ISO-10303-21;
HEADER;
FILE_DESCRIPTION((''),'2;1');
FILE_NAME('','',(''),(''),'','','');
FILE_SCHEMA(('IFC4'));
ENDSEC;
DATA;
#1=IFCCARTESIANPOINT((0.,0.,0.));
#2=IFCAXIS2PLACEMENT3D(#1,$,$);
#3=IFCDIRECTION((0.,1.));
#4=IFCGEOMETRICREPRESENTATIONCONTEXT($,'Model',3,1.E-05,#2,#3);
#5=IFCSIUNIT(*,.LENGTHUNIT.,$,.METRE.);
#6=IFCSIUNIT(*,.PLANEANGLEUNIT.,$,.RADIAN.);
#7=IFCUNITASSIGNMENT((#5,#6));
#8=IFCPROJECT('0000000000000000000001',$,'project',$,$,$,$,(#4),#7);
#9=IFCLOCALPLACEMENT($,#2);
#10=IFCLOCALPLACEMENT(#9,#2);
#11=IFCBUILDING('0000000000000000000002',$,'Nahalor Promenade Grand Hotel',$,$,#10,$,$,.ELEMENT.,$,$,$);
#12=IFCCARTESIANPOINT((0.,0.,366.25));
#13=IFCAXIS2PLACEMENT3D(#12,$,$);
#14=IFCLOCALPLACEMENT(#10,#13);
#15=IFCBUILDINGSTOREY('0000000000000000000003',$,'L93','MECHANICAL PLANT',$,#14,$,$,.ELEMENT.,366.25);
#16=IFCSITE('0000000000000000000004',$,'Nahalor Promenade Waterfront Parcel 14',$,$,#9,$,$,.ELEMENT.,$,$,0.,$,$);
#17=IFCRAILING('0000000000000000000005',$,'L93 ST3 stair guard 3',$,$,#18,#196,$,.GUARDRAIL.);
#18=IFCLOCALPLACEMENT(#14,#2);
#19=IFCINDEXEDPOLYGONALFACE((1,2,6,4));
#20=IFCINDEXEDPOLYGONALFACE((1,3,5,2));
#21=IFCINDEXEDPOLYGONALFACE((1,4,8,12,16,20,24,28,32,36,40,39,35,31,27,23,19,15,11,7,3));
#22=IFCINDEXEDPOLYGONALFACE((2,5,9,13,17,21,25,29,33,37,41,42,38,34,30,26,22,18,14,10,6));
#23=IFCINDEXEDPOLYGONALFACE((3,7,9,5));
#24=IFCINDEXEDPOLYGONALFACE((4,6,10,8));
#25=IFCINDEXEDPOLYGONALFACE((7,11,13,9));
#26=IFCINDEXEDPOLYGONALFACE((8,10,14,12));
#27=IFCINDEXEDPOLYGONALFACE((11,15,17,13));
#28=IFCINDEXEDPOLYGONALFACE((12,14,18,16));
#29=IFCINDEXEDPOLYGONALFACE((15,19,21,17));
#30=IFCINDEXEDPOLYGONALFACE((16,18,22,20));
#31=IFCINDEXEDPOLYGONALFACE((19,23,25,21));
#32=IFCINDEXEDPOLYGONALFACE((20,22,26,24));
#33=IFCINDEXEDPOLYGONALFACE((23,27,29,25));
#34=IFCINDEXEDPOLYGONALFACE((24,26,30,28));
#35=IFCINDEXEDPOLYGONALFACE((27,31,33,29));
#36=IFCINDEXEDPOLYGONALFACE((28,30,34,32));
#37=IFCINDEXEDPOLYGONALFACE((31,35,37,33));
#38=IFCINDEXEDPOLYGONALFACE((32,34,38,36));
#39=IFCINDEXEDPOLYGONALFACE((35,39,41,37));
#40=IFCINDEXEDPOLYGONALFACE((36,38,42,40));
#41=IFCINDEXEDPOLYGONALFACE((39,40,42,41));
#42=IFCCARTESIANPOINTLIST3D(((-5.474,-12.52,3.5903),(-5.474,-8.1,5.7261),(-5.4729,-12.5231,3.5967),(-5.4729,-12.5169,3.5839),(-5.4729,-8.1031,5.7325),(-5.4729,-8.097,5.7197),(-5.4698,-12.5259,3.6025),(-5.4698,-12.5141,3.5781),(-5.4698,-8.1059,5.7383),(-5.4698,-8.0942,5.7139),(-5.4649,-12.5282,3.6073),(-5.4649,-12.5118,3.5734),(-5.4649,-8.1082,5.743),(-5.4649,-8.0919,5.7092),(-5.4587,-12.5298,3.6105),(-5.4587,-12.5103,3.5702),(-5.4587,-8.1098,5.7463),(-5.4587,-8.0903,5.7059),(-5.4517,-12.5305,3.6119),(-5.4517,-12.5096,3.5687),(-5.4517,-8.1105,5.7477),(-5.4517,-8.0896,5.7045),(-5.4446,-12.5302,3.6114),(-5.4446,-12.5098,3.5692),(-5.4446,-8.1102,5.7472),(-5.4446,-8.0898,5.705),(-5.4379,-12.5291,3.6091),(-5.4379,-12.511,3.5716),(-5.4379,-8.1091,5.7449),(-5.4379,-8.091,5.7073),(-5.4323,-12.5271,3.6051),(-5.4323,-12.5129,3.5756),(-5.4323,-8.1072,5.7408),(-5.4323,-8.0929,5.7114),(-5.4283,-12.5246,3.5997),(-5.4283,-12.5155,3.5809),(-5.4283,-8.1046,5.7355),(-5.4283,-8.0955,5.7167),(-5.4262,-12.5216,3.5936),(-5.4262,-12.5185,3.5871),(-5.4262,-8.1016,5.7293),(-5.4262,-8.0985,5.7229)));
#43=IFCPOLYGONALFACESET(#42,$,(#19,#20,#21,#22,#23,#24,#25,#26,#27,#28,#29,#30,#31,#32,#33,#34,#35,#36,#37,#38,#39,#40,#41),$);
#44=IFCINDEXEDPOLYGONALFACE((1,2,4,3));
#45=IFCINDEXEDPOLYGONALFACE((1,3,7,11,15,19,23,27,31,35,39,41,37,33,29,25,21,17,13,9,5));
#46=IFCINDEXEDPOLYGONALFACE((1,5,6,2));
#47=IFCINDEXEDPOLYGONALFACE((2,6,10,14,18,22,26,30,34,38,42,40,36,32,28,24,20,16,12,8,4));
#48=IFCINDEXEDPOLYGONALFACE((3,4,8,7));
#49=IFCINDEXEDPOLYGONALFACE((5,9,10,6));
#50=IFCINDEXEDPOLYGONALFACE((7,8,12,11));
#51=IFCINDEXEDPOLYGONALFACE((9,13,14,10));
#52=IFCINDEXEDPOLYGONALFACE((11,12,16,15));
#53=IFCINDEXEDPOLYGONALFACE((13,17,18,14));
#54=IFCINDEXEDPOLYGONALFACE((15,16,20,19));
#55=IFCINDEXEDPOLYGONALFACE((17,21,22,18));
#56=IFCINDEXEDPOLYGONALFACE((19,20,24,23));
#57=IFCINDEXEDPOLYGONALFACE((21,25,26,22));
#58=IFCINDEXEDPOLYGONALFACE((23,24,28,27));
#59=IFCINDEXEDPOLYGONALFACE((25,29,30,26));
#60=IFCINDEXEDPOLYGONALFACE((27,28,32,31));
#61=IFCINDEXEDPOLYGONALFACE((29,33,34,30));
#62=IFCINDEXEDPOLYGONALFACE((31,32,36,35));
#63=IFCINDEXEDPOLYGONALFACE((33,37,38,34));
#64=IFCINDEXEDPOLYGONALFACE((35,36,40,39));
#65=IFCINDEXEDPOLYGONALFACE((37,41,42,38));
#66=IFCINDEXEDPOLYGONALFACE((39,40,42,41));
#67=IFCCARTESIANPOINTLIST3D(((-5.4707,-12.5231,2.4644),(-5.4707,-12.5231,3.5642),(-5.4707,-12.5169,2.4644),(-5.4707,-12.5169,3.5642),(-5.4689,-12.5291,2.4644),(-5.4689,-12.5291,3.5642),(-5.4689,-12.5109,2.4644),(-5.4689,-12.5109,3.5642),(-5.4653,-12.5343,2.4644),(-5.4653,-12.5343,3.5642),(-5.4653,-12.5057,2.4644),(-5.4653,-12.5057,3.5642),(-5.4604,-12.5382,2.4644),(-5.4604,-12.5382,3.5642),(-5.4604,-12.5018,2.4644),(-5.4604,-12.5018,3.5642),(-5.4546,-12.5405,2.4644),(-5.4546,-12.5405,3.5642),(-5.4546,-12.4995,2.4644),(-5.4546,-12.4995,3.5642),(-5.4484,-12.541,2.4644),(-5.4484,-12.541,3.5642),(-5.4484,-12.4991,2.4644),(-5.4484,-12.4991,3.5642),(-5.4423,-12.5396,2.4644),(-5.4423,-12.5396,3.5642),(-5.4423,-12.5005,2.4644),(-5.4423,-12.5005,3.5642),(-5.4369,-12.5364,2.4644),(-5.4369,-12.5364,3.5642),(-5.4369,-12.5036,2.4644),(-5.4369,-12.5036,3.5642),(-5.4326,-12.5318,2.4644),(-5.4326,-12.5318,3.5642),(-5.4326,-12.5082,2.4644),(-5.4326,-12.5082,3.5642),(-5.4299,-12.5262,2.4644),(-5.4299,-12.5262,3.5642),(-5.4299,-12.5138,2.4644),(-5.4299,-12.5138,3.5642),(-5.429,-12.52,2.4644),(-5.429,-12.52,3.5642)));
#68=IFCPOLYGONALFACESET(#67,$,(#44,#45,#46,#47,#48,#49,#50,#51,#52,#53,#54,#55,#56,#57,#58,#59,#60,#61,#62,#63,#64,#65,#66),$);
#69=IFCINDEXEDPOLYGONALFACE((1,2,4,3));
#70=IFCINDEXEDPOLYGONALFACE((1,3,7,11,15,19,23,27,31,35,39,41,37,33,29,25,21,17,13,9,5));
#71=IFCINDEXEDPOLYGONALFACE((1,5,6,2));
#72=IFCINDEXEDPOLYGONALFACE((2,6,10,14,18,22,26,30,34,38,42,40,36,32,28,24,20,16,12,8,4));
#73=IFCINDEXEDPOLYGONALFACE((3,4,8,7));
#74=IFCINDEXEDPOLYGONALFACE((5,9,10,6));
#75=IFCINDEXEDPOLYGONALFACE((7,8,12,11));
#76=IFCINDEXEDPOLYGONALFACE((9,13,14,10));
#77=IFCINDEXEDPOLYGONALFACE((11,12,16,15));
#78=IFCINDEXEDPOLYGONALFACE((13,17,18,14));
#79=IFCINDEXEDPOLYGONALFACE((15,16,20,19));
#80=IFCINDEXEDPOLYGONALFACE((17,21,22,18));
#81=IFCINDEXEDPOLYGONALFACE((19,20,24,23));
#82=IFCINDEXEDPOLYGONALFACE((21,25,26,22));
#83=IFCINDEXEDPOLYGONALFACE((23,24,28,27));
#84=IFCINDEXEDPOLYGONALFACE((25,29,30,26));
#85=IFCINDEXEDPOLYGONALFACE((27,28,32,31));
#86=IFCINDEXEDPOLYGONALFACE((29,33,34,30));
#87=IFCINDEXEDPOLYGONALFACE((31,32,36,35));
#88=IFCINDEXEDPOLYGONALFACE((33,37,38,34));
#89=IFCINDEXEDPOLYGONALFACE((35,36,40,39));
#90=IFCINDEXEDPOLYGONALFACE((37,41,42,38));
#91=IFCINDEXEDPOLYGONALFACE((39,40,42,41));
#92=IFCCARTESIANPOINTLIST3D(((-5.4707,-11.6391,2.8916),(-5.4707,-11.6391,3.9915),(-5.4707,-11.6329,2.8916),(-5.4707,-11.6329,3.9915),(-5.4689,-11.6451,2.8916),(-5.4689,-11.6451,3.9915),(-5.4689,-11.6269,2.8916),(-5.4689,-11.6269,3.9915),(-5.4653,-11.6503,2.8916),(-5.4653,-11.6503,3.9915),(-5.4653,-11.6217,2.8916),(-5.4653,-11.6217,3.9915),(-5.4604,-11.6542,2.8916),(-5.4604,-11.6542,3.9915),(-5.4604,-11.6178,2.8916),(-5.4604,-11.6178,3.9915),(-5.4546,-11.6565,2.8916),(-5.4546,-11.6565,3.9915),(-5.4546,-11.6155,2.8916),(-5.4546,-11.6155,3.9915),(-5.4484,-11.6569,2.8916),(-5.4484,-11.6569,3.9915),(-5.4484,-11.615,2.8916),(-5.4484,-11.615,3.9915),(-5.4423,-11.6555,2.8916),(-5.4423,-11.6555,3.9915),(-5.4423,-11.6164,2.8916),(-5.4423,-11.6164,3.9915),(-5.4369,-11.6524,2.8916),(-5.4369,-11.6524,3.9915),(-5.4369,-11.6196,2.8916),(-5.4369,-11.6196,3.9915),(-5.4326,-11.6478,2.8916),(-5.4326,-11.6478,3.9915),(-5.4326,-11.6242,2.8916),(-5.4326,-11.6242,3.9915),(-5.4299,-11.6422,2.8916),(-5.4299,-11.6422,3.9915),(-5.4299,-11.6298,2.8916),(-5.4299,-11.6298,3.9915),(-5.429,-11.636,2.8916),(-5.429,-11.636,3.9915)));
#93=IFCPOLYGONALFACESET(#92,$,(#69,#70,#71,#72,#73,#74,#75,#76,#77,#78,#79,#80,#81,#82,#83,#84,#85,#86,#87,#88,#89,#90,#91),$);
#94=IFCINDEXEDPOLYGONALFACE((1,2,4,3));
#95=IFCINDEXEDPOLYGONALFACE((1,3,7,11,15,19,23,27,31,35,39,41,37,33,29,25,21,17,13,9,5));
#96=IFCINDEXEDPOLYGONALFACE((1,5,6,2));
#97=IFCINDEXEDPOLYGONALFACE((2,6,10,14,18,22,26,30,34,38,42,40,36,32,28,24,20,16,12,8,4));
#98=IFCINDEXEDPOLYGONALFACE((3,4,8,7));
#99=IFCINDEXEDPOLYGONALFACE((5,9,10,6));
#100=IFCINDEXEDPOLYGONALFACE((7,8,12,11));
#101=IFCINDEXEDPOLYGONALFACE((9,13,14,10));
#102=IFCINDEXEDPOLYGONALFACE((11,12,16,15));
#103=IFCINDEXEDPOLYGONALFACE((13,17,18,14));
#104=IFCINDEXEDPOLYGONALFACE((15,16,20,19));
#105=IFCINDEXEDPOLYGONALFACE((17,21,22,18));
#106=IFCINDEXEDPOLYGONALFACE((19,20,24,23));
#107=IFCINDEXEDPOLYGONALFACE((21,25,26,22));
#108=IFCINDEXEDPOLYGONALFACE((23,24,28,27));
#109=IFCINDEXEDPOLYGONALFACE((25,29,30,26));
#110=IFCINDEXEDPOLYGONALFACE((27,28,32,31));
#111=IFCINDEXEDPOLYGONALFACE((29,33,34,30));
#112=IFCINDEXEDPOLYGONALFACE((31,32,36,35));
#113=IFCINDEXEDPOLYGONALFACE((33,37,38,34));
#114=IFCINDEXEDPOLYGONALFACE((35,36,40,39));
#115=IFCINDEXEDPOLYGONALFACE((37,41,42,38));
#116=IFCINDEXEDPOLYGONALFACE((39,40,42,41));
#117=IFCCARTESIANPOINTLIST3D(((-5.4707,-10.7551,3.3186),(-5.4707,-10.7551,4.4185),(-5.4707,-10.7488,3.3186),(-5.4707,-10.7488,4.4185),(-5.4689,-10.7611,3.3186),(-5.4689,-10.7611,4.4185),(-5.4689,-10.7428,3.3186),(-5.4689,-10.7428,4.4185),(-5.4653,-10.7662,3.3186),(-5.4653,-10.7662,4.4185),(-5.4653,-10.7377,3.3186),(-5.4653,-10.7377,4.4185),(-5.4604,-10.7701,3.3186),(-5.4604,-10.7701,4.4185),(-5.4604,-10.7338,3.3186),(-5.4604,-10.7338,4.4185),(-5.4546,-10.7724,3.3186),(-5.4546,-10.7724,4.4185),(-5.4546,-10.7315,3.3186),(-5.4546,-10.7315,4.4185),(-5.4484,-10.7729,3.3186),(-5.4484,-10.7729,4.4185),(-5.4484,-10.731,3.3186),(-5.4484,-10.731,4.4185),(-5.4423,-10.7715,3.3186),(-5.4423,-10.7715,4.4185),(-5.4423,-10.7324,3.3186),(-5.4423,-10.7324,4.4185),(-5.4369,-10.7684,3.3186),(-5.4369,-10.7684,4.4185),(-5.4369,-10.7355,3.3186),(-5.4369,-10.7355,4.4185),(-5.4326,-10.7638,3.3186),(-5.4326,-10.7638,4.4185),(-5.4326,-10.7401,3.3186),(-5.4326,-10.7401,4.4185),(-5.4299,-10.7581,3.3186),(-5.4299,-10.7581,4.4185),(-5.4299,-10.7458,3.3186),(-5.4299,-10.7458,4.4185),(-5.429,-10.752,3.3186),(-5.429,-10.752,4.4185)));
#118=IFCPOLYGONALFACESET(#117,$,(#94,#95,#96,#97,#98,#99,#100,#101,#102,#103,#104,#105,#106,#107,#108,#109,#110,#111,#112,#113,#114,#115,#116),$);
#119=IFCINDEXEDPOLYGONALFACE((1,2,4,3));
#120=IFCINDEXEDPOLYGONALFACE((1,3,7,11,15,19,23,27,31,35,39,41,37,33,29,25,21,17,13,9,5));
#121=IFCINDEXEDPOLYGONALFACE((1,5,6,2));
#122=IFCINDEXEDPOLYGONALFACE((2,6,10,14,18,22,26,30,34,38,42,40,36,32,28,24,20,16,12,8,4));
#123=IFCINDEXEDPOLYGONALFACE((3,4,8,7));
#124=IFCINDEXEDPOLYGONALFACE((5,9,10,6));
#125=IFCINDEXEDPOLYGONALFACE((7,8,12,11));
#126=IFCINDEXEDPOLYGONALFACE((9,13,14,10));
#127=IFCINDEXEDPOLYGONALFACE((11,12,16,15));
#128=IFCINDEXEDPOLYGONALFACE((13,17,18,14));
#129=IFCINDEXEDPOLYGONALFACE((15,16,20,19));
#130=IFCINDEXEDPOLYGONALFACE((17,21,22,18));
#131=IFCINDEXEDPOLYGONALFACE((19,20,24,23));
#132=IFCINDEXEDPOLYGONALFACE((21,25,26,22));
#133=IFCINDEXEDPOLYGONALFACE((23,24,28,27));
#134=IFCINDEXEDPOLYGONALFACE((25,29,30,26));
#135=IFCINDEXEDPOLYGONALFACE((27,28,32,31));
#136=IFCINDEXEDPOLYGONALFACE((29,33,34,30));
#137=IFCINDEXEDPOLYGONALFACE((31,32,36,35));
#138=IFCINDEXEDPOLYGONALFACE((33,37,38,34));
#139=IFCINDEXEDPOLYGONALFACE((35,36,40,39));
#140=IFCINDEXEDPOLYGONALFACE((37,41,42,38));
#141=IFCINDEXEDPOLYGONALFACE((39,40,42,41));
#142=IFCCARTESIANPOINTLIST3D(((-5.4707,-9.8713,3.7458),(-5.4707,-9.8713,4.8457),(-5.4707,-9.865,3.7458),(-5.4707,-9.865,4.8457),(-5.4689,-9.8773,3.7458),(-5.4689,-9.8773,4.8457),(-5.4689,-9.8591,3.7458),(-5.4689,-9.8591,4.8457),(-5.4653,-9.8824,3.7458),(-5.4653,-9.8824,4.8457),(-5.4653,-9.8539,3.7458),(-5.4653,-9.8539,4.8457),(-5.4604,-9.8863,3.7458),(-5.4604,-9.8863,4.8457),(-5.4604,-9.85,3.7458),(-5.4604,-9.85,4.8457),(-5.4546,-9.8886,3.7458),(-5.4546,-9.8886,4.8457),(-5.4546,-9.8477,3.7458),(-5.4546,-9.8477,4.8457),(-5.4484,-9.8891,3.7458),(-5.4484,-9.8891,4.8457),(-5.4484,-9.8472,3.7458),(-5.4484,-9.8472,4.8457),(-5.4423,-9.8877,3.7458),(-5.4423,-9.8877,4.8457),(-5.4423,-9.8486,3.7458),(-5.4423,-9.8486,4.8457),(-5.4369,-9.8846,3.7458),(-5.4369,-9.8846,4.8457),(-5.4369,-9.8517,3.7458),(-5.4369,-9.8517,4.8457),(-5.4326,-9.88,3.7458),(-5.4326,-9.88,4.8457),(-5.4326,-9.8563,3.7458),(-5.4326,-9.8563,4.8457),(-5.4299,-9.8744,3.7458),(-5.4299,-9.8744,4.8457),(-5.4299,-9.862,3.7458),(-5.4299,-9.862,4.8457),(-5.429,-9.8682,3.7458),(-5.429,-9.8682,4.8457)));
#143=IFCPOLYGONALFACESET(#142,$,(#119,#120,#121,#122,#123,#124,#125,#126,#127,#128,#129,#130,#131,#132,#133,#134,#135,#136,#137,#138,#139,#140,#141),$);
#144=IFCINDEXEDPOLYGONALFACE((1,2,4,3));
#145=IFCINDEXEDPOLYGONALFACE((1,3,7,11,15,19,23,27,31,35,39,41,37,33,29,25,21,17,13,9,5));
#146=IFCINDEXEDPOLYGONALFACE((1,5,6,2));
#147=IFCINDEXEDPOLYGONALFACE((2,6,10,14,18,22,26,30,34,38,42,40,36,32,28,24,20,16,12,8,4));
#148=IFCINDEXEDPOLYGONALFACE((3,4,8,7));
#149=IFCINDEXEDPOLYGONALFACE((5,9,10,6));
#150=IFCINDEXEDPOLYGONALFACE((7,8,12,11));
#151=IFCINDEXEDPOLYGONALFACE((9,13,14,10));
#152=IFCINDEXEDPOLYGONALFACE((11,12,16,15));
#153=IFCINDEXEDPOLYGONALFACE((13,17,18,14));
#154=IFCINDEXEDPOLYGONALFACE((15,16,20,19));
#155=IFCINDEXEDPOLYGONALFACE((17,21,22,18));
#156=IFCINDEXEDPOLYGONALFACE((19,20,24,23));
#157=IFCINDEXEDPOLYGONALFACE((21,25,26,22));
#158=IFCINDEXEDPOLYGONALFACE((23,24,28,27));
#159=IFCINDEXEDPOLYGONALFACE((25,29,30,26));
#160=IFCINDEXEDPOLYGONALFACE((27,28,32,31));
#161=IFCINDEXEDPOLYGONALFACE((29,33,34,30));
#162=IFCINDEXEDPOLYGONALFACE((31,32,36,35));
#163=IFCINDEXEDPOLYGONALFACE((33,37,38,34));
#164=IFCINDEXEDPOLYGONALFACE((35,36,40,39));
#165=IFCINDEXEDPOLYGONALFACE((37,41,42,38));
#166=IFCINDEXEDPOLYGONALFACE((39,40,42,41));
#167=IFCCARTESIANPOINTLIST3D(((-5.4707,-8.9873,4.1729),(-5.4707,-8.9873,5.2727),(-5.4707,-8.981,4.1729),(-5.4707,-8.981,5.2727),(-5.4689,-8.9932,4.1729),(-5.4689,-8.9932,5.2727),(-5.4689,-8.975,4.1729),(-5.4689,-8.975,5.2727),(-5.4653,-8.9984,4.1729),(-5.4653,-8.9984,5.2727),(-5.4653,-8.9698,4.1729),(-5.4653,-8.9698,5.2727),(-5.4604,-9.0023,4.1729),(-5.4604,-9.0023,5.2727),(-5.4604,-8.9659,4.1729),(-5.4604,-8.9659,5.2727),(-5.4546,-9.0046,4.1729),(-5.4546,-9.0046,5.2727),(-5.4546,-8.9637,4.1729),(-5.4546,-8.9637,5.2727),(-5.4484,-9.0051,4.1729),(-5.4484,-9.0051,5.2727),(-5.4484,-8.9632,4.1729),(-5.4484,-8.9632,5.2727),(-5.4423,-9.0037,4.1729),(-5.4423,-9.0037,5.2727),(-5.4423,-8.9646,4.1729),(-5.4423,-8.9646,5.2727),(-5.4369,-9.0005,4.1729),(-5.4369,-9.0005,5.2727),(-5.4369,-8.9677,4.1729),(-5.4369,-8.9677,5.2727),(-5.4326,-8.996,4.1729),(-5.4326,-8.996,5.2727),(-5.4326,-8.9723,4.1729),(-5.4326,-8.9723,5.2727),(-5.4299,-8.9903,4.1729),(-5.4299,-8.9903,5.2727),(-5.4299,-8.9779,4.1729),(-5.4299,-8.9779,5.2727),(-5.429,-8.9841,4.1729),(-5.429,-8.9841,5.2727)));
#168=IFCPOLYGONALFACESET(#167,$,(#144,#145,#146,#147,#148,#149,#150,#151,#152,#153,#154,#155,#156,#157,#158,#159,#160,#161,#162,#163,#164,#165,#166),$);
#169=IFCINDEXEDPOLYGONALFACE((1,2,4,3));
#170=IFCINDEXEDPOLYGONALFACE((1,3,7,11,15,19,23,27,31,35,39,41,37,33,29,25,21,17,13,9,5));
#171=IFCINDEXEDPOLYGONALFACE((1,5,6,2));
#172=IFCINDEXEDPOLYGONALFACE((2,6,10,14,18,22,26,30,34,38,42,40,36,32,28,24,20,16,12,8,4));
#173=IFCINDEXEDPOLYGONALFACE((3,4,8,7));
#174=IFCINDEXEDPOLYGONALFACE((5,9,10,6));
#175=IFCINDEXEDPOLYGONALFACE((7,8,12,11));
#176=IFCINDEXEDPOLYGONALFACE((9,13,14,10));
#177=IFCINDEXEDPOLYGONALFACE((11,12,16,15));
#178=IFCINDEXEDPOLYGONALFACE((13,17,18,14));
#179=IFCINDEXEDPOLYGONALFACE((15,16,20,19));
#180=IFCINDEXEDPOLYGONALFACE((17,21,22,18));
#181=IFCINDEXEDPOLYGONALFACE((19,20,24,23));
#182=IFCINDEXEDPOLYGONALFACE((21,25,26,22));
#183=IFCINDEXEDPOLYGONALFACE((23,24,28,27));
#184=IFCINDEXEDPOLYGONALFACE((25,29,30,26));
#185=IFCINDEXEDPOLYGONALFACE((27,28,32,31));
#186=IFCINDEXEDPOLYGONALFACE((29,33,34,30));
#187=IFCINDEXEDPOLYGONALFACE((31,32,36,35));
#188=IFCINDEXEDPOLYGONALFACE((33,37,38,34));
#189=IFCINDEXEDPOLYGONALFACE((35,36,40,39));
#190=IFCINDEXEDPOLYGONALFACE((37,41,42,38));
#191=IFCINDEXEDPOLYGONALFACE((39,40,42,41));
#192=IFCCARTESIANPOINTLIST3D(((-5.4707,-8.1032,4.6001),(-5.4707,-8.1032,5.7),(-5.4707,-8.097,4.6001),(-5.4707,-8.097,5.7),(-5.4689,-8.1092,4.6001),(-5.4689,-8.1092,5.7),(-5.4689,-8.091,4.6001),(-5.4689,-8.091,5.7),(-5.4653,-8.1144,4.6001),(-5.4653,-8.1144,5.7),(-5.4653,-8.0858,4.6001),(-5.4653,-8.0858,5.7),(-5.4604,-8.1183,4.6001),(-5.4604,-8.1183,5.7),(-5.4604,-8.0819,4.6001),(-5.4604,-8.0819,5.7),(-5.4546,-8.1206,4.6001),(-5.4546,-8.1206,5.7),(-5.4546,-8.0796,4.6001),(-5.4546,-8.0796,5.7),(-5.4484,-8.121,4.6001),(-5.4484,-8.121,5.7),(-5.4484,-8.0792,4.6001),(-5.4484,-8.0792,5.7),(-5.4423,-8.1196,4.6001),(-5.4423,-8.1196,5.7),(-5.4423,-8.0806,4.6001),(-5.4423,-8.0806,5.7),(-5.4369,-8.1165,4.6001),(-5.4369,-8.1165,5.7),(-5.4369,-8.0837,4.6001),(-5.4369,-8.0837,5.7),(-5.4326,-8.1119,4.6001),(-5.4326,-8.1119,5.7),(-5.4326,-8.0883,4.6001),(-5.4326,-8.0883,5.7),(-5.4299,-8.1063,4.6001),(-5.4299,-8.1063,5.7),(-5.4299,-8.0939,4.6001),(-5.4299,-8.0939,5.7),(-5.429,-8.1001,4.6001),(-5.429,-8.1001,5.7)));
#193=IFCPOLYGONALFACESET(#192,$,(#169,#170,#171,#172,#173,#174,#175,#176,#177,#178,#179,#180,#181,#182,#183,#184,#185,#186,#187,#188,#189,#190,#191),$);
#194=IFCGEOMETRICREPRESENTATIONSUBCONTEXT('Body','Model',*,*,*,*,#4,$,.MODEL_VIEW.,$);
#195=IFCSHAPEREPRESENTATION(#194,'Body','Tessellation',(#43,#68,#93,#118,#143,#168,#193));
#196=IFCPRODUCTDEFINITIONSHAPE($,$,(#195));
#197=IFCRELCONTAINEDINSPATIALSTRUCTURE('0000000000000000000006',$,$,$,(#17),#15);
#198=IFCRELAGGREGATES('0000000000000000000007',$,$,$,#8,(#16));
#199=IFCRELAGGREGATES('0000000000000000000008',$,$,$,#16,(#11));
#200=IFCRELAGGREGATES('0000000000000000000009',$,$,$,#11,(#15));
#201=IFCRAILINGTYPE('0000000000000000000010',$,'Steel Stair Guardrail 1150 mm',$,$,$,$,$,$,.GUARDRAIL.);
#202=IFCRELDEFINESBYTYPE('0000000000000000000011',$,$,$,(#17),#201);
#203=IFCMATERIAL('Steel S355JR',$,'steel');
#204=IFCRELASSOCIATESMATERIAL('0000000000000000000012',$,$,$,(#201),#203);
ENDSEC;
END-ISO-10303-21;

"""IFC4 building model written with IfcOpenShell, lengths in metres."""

from ifc_helpers import new_model, si_unit, direction, frame, origin, origin_2d, place, context, subcontext, project, spatial, circle, extrude, material, type_object, element, save


model = new_model("IFC4")

# Units and contexts
model_context = context("Model", 3, precision=1e-05, world=origin(), true_north=direction((0.0, 1.0)))
body_context = subcontext(model_context, "Body", "Model", "MODEL_VIEW")
ifc_project = project(units=[si_unit("LENGTHUNIT", "METRE"), si_unit("PLANEANGLEUNIT", "RADIAN")], contexts=[model_context])

# Site, building, storey
site_placement = place(None, origin())
site = spatial("IfcSite", under=ifc_project, at=site_placement, Name="Nahalor Promenade Waterfront Parcel 14", CompositionType="ELEMENT", RefElevation=0.0)
building_placement = place(site_placement, origin())
building = spatial("IfcBuilding", under=site, at=building_placement, Name="Nahalor Promenade Grand Hotel", CompositionType="ELEMENT")
storey_placement = place(building_placement, frame((0.0, 0.0, 366.25)))
storey = spatial("IfcBuildingStorey", under=building, at=storey_placement, Name="L93", Description="MECHANICAL PLANT", CompositionType="ELEMENT", Elevation=366.25)

# Shared definitions
ifc_material_1 = material(Name="Steel S355JR", Category="steel")

# Railing
railing_type_1 = type_object("IfcRailingType", Name="Steel Stair Guardrail 1150 mm", PredefinedType="GUARDRAIL", material=ifc_material_1)
railing_1_placement = place(storey_placement, frame((-5.45, -12.52, 2.4644)))
element("IfcRailing", 1, at=railing_1_placement, inside=storey, type_object=railing_type_1, Name="L93 ST3 stair guard 3", PredefinedType="GUARDRAIL", context=body_context, shape_type="SweptSolid", body=[
    extrude(circle(Radius=0.024, at=origin_2d()), frame((0.0, 0.0, 1.126), z_axis=(0.0, 0.900393, 0.435077), x_axis=(-1.0, 0.0, 0.0)), (0.0, 0.0, 1.0), 4.9089),
    extrude(circle(Radius=0.021, at=origin_2d()), origin(), (0.0, 0.0, 1.0), 1.0999),
    extrude(circle(Radius=0.021, at=origin_2d()), frame((0.0, 0.884, 0.4272)), (0.0, 0.0, 1.0), 1.0999),
    extrude(circle(Radius=0.021, at=origin_2d()), frame((0.0, 1.7681, 0.8542)), (0.0, 0.0, 1.0), 1.0999),
    extrude(circle(Radius=0.021, at=origin_2d()), frame((0.0, 2.6519, 1.2815)), (0.0, 0.0, 1.0), 1.0999),
    extrude(circle(Radius=0.021, at=origin_2d()), frame((0.0, 3.5359, 1.7085)), (0.0, 0.0, 1.0), 1.0999),
    extrude(circle(Radius=0.021, at=origin_2d()), frame((0.0, 4.4199, 2.1357)), (0.0, 0.0, 1.0), 1.0999),
])

save(model, "model.ifc")
